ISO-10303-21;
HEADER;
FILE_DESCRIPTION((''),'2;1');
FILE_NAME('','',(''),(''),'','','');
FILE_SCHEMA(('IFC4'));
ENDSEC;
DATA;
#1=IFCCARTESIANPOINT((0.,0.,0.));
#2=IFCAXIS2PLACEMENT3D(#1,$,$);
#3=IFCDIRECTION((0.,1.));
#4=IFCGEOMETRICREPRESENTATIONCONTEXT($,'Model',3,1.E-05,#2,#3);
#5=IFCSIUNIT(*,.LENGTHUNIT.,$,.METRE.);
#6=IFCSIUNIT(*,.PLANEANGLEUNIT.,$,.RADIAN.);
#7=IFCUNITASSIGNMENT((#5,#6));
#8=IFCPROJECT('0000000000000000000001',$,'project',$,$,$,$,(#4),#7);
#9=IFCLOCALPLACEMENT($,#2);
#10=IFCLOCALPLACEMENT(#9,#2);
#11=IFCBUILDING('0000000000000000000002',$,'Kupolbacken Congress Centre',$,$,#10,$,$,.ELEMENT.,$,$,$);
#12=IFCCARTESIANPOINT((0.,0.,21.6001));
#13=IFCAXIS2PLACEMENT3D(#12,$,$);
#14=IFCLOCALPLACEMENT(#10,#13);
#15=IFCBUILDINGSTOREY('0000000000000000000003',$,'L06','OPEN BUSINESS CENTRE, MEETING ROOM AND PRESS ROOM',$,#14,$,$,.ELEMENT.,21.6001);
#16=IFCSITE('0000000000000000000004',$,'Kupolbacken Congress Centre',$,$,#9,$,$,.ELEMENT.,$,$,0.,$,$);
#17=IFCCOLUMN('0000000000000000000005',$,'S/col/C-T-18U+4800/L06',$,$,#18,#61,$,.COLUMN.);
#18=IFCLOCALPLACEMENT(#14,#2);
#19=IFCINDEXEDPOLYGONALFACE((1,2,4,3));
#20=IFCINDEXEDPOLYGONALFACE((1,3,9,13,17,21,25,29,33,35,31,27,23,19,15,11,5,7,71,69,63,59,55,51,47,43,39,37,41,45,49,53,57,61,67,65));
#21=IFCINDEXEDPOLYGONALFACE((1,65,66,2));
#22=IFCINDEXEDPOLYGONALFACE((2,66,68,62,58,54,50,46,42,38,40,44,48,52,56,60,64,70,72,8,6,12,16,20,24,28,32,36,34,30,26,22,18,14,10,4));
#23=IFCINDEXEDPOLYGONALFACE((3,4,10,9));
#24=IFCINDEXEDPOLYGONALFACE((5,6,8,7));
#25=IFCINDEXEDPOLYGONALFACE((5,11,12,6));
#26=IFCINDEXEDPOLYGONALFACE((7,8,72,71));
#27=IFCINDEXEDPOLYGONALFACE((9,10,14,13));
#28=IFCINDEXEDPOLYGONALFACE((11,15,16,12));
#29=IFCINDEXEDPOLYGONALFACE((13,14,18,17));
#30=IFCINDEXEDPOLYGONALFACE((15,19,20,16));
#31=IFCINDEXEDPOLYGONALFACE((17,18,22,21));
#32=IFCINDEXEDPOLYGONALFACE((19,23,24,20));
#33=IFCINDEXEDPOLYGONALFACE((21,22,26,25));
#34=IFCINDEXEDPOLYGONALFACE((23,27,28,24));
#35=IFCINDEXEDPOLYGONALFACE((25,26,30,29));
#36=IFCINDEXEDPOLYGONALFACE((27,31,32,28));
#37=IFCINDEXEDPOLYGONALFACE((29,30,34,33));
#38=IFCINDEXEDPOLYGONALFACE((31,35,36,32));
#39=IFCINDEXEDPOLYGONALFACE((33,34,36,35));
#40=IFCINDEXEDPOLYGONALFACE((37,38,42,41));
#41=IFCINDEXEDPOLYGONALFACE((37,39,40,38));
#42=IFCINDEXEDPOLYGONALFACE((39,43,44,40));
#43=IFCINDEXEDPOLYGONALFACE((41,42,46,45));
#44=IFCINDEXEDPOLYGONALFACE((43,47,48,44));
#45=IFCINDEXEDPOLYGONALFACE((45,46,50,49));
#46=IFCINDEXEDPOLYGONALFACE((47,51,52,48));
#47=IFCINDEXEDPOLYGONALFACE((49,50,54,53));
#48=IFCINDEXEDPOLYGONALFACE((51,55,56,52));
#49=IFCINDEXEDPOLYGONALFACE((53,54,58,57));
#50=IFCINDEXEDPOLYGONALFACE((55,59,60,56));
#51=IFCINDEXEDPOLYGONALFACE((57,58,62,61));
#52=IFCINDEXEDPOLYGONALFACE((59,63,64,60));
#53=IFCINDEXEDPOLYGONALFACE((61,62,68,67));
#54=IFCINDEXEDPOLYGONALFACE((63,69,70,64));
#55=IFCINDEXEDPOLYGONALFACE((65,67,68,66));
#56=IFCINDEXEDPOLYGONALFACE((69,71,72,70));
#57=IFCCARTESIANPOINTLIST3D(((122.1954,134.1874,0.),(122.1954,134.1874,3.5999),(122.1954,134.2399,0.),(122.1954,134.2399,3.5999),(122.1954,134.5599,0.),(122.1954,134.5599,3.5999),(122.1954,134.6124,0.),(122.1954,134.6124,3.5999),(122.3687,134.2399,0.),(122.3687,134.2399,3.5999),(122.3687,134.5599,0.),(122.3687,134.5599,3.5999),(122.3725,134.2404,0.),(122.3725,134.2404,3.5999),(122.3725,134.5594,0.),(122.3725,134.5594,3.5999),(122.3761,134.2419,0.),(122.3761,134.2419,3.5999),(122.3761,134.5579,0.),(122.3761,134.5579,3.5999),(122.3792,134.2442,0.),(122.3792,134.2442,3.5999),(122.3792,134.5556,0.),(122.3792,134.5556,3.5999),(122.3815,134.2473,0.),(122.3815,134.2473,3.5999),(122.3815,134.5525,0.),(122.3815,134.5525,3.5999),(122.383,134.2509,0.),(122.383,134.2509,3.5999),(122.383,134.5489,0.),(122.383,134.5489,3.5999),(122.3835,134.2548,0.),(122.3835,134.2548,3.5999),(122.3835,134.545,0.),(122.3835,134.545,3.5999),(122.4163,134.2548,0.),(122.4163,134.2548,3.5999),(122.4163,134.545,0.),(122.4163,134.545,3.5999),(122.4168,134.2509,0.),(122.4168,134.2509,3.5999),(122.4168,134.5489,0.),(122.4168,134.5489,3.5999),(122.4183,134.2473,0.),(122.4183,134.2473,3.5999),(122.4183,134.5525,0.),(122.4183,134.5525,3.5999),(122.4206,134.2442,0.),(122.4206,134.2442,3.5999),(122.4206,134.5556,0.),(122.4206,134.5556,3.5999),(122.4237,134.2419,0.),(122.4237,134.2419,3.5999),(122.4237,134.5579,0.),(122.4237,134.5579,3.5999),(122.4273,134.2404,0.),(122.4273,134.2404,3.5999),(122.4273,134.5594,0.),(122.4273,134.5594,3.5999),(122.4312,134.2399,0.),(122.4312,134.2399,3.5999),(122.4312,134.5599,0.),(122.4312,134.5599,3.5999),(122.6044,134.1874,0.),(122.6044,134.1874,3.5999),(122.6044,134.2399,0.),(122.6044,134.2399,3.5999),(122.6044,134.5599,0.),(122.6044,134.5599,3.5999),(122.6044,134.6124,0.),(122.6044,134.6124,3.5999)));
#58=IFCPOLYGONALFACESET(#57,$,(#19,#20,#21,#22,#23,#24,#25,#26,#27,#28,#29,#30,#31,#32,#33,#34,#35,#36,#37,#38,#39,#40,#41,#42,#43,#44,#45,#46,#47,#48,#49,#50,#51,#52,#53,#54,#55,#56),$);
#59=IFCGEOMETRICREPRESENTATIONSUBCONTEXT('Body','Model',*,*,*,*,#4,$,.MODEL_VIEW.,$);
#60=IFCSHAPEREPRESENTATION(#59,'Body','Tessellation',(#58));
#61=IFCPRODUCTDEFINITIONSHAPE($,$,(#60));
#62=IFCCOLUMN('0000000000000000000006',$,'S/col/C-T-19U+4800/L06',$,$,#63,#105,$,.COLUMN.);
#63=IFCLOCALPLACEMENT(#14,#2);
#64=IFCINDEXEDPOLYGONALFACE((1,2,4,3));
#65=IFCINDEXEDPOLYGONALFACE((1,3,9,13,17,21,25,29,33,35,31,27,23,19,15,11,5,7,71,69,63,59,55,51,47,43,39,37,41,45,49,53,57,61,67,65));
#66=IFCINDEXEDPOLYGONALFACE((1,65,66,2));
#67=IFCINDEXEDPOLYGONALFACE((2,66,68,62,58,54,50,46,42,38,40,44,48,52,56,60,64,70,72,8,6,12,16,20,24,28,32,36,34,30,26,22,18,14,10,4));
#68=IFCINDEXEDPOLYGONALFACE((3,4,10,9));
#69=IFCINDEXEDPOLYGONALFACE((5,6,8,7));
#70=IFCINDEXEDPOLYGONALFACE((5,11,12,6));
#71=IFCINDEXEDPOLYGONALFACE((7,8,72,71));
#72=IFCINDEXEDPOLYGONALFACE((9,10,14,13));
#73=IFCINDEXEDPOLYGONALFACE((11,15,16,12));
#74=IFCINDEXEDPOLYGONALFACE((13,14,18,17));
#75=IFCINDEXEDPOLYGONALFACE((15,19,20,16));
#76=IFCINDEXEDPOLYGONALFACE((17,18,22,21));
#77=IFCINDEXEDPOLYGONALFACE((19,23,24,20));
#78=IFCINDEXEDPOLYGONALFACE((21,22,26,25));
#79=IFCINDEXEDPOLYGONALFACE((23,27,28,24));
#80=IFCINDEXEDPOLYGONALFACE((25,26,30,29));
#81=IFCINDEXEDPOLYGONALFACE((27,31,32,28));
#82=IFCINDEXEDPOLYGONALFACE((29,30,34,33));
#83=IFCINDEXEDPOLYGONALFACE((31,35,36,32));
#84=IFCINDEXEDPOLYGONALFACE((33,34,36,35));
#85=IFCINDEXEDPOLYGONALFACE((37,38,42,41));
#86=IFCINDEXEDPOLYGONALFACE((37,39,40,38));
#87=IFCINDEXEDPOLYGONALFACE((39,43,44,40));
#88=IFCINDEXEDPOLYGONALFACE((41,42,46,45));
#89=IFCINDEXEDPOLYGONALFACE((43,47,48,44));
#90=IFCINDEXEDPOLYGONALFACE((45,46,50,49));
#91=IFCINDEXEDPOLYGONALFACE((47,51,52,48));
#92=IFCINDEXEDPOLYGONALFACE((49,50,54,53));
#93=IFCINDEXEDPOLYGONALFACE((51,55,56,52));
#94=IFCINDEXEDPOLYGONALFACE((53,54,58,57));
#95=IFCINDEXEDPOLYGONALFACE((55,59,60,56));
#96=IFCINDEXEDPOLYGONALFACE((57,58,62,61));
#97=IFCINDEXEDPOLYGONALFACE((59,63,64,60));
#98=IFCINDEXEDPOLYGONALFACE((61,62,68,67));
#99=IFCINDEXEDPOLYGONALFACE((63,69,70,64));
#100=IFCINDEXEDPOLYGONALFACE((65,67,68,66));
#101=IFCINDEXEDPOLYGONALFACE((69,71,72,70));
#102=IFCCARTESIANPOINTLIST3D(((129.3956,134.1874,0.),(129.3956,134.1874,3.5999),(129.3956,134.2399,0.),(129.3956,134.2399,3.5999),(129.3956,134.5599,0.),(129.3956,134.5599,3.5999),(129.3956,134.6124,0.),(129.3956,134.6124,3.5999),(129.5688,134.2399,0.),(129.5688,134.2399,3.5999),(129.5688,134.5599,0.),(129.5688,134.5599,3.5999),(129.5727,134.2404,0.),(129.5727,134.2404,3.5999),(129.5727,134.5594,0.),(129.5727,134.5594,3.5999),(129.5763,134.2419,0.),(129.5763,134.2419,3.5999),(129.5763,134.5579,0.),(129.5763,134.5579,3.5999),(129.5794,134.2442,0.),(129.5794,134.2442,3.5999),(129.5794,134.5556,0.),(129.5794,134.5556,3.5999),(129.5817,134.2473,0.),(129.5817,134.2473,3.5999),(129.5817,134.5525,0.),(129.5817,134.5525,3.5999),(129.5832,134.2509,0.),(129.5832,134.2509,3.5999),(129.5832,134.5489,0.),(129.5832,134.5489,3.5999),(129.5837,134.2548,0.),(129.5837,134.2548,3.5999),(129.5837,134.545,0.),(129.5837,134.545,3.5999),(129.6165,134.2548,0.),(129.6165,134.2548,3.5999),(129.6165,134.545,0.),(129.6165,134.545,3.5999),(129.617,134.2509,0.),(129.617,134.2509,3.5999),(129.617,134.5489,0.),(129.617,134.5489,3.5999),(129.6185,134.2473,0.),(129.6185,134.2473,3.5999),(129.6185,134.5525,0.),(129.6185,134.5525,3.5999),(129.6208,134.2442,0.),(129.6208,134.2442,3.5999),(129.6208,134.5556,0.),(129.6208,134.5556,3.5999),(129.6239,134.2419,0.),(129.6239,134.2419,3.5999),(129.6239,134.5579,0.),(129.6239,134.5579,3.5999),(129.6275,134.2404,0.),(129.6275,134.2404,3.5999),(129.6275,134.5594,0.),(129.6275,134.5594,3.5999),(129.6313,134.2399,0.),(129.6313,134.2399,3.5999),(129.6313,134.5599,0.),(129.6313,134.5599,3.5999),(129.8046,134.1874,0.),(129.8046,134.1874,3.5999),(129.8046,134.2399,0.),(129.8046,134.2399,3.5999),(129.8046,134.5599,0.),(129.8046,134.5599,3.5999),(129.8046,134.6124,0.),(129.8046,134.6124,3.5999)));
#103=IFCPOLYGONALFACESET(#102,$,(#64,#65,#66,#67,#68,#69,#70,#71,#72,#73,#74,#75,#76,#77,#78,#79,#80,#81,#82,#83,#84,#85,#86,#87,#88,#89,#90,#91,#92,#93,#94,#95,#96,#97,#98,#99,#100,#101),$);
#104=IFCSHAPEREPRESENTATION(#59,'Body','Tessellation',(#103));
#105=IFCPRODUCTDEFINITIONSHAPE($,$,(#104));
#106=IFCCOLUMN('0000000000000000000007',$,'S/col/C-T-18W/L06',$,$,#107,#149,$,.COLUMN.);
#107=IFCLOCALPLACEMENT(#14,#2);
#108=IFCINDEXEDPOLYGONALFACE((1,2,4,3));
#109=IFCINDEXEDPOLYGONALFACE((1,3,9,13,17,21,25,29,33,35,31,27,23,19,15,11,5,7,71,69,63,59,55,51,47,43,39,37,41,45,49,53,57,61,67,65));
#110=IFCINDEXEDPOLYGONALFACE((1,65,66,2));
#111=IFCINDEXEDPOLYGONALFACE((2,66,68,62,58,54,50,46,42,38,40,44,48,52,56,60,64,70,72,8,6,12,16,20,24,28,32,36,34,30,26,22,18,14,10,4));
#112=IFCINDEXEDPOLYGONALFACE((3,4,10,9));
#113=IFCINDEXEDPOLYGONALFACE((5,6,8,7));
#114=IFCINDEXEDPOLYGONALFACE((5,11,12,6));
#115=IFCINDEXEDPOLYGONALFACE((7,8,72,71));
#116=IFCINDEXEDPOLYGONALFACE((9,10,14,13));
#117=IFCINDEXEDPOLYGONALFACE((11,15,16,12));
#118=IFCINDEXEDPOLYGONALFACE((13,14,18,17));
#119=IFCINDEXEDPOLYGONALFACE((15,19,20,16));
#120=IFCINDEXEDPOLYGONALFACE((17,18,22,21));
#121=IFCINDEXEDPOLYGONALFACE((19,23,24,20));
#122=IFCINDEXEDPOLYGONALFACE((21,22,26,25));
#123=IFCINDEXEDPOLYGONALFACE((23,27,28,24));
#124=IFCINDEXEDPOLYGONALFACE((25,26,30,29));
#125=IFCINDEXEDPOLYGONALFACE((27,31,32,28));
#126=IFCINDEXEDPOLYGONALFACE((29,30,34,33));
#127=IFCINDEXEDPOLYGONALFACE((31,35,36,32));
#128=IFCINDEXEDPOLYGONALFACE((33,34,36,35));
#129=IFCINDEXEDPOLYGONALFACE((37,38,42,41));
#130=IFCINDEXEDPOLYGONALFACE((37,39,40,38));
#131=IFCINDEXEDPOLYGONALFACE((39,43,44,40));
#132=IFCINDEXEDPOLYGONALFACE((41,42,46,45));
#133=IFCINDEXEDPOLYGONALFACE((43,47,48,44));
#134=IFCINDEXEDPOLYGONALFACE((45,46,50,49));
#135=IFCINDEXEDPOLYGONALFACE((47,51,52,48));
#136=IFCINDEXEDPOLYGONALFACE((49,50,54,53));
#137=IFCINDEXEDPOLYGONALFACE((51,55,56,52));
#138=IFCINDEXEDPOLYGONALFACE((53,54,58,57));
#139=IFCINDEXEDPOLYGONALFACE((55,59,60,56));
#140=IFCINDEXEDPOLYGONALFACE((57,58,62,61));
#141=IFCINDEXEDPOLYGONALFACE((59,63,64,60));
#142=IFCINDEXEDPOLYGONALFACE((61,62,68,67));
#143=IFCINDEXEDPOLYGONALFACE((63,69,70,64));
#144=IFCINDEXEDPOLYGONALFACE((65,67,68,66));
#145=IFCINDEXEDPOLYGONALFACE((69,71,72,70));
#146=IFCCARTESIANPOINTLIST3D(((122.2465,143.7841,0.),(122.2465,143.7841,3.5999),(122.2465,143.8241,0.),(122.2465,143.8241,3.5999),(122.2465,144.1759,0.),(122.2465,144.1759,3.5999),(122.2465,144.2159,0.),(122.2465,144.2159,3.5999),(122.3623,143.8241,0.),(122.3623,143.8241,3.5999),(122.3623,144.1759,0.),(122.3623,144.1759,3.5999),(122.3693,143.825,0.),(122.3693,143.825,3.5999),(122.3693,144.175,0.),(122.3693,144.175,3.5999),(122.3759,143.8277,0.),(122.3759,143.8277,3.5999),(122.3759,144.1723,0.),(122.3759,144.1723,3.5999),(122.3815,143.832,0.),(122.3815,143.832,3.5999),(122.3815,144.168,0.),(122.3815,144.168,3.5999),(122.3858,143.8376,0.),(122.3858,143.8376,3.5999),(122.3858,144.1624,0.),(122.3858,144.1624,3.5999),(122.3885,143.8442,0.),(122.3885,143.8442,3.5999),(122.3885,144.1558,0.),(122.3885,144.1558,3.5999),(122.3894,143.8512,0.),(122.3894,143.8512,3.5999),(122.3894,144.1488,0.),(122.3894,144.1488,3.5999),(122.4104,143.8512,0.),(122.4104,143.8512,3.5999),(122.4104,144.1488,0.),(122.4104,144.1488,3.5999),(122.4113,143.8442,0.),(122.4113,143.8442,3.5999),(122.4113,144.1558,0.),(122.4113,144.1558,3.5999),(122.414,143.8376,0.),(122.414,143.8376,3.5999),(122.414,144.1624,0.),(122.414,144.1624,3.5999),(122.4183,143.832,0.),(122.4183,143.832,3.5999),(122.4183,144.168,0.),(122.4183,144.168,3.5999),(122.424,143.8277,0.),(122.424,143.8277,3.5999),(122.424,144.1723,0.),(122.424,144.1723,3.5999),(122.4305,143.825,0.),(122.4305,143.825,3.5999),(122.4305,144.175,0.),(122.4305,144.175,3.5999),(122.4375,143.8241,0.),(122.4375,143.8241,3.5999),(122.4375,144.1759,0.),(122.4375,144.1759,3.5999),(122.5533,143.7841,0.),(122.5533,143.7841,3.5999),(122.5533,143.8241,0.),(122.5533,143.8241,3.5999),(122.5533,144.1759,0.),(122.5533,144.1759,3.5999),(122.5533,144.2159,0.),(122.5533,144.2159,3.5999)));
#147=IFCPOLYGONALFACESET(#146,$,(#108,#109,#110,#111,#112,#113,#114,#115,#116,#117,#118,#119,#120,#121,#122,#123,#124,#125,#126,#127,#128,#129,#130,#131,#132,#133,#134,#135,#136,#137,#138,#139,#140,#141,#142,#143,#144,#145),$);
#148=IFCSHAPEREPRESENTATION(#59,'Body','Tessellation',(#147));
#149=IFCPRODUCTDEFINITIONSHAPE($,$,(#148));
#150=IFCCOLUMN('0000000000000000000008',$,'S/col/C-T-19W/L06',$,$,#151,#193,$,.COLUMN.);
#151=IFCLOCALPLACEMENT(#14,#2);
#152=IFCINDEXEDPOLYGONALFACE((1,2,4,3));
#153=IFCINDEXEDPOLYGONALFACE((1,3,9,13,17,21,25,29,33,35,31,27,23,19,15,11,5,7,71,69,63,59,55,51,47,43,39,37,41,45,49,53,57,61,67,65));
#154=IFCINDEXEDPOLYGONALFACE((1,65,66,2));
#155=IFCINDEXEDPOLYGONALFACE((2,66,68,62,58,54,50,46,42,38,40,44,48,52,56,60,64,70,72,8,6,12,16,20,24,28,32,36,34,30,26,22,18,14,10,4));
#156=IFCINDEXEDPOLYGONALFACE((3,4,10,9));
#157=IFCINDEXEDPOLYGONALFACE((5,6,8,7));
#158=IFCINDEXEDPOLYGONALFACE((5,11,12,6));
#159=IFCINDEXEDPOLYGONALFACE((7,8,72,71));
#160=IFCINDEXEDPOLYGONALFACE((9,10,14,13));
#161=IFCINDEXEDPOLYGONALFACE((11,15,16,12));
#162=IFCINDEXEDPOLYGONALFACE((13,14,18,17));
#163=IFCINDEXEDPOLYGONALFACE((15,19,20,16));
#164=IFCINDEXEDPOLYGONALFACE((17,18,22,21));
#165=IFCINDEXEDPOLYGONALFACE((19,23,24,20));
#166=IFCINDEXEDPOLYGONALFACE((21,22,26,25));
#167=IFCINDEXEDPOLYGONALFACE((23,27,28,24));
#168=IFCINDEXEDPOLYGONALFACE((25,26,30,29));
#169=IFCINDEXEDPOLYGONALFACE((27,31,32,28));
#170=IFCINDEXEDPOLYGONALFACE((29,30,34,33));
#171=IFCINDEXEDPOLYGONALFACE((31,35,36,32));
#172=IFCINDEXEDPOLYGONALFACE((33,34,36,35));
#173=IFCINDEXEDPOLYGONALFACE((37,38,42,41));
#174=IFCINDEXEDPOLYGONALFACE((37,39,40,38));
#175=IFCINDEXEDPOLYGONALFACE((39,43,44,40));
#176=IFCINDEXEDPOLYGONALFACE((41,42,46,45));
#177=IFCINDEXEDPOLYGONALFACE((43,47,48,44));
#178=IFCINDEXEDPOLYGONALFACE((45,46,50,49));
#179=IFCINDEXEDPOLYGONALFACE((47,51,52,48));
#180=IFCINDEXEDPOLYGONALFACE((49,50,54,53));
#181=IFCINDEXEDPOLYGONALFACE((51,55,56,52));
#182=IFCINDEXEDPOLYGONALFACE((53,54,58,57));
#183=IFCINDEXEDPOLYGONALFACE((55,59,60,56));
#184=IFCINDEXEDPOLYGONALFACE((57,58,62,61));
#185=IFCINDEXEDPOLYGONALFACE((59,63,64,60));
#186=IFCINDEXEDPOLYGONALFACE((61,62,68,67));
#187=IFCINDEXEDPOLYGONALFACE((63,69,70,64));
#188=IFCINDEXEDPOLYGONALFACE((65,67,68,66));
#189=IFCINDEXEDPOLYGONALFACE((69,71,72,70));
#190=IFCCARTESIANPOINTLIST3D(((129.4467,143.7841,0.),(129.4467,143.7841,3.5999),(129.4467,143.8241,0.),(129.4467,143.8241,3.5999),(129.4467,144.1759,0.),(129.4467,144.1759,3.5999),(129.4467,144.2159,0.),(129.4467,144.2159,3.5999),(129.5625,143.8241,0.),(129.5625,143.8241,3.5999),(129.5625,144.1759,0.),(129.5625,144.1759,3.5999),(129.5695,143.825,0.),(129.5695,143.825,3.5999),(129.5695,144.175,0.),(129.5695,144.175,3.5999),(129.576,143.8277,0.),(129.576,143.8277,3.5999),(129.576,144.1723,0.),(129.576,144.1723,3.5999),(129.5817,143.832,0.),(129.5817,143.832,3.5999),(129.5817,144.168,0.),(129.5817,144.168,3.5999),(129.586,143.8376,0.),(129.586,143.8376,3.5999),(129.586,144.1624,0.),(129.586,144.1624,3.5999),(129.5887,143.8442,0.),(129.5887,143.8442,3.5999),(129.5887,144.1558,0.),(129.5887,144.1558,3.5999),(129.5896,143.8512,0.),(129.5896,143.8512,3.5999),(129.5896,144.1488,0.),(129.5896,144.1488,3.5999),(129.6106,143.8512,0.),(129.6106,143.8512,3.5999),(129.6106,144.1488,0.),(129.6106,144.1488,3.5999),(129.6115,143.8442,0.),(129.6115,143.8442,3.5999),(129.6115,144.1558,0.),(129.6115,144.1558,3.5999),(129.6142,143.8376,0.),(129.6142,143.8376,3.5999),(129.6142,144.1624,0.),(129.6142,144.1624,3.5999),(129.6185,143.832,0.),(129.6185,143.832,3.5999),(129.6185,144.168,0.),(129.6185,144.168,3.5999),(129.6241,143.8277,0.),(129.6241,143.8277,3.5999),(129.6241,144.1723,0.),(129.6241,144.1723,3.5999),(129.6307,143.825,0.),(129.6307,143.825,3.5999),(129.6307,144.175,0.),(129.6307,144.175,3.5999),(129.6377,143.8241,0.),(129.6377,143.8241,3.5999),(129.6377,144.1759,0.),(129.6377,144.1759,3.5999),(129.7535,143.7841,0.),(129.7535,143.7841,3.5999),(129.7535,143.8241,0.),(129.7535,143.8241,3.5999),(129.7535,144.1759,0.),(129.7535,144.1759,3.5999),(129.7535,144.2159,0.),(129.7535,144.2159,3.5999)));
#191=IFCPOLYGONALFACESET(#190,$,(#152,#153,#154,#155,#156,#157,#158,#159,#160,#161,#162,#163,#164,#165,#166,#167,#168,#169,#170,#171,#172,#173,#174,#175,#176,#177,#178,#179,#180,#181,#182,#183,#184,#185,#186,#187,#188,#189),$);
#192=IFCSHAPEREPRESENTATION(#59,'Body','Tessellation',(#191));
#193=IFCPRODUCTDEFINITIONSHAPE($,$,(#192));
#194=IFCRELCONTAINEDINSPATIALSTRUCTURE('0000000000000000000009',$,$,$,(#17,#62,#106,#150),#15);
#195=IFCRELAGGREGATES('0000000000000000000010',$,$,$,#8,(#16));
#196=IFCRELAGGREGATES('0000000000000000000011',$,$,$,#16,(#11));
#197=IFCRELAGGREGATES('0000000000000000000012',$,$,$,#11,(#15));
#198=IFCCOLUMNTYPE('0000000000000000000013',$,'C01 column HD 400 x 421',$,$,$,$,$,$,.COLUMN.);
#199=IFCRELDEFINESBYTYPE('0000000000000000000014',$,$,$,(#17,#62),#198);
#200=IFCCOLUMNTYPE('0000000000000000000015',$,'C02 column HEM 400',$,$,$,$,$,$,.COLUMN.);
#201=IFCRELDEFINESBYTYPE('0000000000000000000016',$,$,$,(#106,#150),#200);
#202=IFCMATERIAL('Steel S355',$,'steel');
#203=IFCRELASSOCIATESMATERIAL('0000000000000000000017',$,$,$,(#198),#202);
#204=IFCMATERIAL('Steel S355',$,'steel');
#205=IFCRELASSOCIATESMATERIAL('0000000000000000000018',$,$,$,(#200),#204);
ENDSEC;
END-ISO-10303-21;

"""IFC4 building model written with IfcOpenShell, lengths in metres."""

from ifc_helpers import new_model, si_unit, direction, frame, origin, origin_2d, place, context, subcontext, project, spatial, i_section, extrude, material, material_profile, profile_set, type_object, element, save


model = new_model("IFC4")

# Units and contexts
model_context = context("Model", 3, precision=1e-05, world=origin(), true_north=direction((0.0, 1.0)))
body_context = subcontext(model_context, "Body", "Model", "MODEL_VIEW")
ifc_project = project(units=[si_unit("LENGTHUNIT", "METRE"), si_unit("PLANEANGLEUNIT", "RADIAN")], contexts=[model_context])

# Site, building, storey
site_placement = place(None, origin())
site = spatial("IfcSite", under=ifc_project, at=site_placement, Name="Kupolbacken Congress Centre", CompositionType="ELEMENT", RefElevation=0.0)
building_placement = place(site_placement, origin())
building = spatial("IfcBuilding", under=site, at=building_placement, Name="Kupolbacken Congress Centre", CompositionType="ELEMENT")
storey_placement = place(building_placement, frame((0.0, 0.0, 21.6001)))
storey = spatial("IfcBuildingStorey", under=building, at=storey_placement, Name="L06", Description="OPEN BUSINESS CENTRE, MEETING ROOM AND PRESS ROOM", CompositionType="ELEMENT", Elevation=21.6001)

# Columns
ifc_material_1 = material(Name="Steel S355", Category="steel")
ifc_material_profile_1 = material_profile(ifc_material_1, i_section(OverallWidth=0.4089, OverallDepth=0.425, WebThickness=0.0327, FlangeThickness=0.0525, FilletRadius=0.0149, at=origin_2d()), Name="HD 400 x 421")
ifc_profile_set_1 = profile_set([ifc_material_profile_1], Name="Steel S355")
column_type_1 = type_object("IfcColumnType", Name="C01 column HD 400 x 421", PredefinedType="COLUMN", material=ifc_profile_set_1)
for number, where, z_axis, x_axis, name in (
    (1, (122.3999, 134.3999, 0.0), (0.0, 0.0, 1.0), (1.0, 0.0, 0.0), "S/col/C-T-18U+4800/L06"),
    (2, (129.6001, 134.3999, 0.0), (0.0, 0.0, 1.0), (1.0, 0.0, 0.0), "S/col/C-T-19U+4800/L06"),
):
    element("IfcColumn", number, at=place(storey_placement, frame(where, z_axis=z_axis, x_axis=x_axis)), inside=storey, type_object=column_type_1, Name=name, PredefinedType="COLUMN", context=body_context, shape_type="SweptSolid", body=[
        extrude(i_section(OverallWidth=0.4089, OverallDepth=0.425, WebThickness=0.0327, FlangeThickness=0.0525, FilletRadius=0.0149, at=origin_2d()), origin(), (0.0, 0.0, 1.0), 3.5999),
    ])
ifc_material_2 = material(Name="Steel S355", Category="steel")
ifc_material_profile_2 = material_profile(ifc_material_2, i_section(OverallWidth=0.3069, OverallDepth=0.4319, WebThickness=0.021, FlangeThickness=0.04, FilletRadius=0.0271, at=origin_2d()), Name="HEM 400")
ifc_profile_set_2 = profile_set([ifc_material_profile_2], Name="Steel S355")
column_type_2 = type_object("IfcColumnType", Name="C02 column HEM 400", PredefinedType="COLUMN", material=ifc_profile_set_2)
for number, where, z_axis, x_axis, name in (
    (3, (122.3999, 144.0, 0.0), (0.0, 0.0, 1.0), (1.0, 0.0, 0.0), "S/col/C-T-18W/L06"),
    (4, (129.6001, 144.0, 0.0), (0.0, 0.0, 1.0), (1.0, 0.0, 0.0), "S/col/C-T-19W/L06"),
):
    element("IfcColumn", number, at=place(storey_placement, frame(where, z_axis=z_axis, x_axis=x_axis)), inside=storey, type_object=column_type_2, Name=name, PredefinedType="COLUMN", context=body_context, shape_type="SweptSolid", body=[
        extrude(i_section(OverallWidth=0.3069, OverallDepth=0.4319, WebThickness=0.021, FlangeThickness=0.04, FilletRadius=0.0271, at=origin_2d()), origin(), (0.0, 0.0, 1.0), 3.5999),
    ])

save(model, "model.ifc")
